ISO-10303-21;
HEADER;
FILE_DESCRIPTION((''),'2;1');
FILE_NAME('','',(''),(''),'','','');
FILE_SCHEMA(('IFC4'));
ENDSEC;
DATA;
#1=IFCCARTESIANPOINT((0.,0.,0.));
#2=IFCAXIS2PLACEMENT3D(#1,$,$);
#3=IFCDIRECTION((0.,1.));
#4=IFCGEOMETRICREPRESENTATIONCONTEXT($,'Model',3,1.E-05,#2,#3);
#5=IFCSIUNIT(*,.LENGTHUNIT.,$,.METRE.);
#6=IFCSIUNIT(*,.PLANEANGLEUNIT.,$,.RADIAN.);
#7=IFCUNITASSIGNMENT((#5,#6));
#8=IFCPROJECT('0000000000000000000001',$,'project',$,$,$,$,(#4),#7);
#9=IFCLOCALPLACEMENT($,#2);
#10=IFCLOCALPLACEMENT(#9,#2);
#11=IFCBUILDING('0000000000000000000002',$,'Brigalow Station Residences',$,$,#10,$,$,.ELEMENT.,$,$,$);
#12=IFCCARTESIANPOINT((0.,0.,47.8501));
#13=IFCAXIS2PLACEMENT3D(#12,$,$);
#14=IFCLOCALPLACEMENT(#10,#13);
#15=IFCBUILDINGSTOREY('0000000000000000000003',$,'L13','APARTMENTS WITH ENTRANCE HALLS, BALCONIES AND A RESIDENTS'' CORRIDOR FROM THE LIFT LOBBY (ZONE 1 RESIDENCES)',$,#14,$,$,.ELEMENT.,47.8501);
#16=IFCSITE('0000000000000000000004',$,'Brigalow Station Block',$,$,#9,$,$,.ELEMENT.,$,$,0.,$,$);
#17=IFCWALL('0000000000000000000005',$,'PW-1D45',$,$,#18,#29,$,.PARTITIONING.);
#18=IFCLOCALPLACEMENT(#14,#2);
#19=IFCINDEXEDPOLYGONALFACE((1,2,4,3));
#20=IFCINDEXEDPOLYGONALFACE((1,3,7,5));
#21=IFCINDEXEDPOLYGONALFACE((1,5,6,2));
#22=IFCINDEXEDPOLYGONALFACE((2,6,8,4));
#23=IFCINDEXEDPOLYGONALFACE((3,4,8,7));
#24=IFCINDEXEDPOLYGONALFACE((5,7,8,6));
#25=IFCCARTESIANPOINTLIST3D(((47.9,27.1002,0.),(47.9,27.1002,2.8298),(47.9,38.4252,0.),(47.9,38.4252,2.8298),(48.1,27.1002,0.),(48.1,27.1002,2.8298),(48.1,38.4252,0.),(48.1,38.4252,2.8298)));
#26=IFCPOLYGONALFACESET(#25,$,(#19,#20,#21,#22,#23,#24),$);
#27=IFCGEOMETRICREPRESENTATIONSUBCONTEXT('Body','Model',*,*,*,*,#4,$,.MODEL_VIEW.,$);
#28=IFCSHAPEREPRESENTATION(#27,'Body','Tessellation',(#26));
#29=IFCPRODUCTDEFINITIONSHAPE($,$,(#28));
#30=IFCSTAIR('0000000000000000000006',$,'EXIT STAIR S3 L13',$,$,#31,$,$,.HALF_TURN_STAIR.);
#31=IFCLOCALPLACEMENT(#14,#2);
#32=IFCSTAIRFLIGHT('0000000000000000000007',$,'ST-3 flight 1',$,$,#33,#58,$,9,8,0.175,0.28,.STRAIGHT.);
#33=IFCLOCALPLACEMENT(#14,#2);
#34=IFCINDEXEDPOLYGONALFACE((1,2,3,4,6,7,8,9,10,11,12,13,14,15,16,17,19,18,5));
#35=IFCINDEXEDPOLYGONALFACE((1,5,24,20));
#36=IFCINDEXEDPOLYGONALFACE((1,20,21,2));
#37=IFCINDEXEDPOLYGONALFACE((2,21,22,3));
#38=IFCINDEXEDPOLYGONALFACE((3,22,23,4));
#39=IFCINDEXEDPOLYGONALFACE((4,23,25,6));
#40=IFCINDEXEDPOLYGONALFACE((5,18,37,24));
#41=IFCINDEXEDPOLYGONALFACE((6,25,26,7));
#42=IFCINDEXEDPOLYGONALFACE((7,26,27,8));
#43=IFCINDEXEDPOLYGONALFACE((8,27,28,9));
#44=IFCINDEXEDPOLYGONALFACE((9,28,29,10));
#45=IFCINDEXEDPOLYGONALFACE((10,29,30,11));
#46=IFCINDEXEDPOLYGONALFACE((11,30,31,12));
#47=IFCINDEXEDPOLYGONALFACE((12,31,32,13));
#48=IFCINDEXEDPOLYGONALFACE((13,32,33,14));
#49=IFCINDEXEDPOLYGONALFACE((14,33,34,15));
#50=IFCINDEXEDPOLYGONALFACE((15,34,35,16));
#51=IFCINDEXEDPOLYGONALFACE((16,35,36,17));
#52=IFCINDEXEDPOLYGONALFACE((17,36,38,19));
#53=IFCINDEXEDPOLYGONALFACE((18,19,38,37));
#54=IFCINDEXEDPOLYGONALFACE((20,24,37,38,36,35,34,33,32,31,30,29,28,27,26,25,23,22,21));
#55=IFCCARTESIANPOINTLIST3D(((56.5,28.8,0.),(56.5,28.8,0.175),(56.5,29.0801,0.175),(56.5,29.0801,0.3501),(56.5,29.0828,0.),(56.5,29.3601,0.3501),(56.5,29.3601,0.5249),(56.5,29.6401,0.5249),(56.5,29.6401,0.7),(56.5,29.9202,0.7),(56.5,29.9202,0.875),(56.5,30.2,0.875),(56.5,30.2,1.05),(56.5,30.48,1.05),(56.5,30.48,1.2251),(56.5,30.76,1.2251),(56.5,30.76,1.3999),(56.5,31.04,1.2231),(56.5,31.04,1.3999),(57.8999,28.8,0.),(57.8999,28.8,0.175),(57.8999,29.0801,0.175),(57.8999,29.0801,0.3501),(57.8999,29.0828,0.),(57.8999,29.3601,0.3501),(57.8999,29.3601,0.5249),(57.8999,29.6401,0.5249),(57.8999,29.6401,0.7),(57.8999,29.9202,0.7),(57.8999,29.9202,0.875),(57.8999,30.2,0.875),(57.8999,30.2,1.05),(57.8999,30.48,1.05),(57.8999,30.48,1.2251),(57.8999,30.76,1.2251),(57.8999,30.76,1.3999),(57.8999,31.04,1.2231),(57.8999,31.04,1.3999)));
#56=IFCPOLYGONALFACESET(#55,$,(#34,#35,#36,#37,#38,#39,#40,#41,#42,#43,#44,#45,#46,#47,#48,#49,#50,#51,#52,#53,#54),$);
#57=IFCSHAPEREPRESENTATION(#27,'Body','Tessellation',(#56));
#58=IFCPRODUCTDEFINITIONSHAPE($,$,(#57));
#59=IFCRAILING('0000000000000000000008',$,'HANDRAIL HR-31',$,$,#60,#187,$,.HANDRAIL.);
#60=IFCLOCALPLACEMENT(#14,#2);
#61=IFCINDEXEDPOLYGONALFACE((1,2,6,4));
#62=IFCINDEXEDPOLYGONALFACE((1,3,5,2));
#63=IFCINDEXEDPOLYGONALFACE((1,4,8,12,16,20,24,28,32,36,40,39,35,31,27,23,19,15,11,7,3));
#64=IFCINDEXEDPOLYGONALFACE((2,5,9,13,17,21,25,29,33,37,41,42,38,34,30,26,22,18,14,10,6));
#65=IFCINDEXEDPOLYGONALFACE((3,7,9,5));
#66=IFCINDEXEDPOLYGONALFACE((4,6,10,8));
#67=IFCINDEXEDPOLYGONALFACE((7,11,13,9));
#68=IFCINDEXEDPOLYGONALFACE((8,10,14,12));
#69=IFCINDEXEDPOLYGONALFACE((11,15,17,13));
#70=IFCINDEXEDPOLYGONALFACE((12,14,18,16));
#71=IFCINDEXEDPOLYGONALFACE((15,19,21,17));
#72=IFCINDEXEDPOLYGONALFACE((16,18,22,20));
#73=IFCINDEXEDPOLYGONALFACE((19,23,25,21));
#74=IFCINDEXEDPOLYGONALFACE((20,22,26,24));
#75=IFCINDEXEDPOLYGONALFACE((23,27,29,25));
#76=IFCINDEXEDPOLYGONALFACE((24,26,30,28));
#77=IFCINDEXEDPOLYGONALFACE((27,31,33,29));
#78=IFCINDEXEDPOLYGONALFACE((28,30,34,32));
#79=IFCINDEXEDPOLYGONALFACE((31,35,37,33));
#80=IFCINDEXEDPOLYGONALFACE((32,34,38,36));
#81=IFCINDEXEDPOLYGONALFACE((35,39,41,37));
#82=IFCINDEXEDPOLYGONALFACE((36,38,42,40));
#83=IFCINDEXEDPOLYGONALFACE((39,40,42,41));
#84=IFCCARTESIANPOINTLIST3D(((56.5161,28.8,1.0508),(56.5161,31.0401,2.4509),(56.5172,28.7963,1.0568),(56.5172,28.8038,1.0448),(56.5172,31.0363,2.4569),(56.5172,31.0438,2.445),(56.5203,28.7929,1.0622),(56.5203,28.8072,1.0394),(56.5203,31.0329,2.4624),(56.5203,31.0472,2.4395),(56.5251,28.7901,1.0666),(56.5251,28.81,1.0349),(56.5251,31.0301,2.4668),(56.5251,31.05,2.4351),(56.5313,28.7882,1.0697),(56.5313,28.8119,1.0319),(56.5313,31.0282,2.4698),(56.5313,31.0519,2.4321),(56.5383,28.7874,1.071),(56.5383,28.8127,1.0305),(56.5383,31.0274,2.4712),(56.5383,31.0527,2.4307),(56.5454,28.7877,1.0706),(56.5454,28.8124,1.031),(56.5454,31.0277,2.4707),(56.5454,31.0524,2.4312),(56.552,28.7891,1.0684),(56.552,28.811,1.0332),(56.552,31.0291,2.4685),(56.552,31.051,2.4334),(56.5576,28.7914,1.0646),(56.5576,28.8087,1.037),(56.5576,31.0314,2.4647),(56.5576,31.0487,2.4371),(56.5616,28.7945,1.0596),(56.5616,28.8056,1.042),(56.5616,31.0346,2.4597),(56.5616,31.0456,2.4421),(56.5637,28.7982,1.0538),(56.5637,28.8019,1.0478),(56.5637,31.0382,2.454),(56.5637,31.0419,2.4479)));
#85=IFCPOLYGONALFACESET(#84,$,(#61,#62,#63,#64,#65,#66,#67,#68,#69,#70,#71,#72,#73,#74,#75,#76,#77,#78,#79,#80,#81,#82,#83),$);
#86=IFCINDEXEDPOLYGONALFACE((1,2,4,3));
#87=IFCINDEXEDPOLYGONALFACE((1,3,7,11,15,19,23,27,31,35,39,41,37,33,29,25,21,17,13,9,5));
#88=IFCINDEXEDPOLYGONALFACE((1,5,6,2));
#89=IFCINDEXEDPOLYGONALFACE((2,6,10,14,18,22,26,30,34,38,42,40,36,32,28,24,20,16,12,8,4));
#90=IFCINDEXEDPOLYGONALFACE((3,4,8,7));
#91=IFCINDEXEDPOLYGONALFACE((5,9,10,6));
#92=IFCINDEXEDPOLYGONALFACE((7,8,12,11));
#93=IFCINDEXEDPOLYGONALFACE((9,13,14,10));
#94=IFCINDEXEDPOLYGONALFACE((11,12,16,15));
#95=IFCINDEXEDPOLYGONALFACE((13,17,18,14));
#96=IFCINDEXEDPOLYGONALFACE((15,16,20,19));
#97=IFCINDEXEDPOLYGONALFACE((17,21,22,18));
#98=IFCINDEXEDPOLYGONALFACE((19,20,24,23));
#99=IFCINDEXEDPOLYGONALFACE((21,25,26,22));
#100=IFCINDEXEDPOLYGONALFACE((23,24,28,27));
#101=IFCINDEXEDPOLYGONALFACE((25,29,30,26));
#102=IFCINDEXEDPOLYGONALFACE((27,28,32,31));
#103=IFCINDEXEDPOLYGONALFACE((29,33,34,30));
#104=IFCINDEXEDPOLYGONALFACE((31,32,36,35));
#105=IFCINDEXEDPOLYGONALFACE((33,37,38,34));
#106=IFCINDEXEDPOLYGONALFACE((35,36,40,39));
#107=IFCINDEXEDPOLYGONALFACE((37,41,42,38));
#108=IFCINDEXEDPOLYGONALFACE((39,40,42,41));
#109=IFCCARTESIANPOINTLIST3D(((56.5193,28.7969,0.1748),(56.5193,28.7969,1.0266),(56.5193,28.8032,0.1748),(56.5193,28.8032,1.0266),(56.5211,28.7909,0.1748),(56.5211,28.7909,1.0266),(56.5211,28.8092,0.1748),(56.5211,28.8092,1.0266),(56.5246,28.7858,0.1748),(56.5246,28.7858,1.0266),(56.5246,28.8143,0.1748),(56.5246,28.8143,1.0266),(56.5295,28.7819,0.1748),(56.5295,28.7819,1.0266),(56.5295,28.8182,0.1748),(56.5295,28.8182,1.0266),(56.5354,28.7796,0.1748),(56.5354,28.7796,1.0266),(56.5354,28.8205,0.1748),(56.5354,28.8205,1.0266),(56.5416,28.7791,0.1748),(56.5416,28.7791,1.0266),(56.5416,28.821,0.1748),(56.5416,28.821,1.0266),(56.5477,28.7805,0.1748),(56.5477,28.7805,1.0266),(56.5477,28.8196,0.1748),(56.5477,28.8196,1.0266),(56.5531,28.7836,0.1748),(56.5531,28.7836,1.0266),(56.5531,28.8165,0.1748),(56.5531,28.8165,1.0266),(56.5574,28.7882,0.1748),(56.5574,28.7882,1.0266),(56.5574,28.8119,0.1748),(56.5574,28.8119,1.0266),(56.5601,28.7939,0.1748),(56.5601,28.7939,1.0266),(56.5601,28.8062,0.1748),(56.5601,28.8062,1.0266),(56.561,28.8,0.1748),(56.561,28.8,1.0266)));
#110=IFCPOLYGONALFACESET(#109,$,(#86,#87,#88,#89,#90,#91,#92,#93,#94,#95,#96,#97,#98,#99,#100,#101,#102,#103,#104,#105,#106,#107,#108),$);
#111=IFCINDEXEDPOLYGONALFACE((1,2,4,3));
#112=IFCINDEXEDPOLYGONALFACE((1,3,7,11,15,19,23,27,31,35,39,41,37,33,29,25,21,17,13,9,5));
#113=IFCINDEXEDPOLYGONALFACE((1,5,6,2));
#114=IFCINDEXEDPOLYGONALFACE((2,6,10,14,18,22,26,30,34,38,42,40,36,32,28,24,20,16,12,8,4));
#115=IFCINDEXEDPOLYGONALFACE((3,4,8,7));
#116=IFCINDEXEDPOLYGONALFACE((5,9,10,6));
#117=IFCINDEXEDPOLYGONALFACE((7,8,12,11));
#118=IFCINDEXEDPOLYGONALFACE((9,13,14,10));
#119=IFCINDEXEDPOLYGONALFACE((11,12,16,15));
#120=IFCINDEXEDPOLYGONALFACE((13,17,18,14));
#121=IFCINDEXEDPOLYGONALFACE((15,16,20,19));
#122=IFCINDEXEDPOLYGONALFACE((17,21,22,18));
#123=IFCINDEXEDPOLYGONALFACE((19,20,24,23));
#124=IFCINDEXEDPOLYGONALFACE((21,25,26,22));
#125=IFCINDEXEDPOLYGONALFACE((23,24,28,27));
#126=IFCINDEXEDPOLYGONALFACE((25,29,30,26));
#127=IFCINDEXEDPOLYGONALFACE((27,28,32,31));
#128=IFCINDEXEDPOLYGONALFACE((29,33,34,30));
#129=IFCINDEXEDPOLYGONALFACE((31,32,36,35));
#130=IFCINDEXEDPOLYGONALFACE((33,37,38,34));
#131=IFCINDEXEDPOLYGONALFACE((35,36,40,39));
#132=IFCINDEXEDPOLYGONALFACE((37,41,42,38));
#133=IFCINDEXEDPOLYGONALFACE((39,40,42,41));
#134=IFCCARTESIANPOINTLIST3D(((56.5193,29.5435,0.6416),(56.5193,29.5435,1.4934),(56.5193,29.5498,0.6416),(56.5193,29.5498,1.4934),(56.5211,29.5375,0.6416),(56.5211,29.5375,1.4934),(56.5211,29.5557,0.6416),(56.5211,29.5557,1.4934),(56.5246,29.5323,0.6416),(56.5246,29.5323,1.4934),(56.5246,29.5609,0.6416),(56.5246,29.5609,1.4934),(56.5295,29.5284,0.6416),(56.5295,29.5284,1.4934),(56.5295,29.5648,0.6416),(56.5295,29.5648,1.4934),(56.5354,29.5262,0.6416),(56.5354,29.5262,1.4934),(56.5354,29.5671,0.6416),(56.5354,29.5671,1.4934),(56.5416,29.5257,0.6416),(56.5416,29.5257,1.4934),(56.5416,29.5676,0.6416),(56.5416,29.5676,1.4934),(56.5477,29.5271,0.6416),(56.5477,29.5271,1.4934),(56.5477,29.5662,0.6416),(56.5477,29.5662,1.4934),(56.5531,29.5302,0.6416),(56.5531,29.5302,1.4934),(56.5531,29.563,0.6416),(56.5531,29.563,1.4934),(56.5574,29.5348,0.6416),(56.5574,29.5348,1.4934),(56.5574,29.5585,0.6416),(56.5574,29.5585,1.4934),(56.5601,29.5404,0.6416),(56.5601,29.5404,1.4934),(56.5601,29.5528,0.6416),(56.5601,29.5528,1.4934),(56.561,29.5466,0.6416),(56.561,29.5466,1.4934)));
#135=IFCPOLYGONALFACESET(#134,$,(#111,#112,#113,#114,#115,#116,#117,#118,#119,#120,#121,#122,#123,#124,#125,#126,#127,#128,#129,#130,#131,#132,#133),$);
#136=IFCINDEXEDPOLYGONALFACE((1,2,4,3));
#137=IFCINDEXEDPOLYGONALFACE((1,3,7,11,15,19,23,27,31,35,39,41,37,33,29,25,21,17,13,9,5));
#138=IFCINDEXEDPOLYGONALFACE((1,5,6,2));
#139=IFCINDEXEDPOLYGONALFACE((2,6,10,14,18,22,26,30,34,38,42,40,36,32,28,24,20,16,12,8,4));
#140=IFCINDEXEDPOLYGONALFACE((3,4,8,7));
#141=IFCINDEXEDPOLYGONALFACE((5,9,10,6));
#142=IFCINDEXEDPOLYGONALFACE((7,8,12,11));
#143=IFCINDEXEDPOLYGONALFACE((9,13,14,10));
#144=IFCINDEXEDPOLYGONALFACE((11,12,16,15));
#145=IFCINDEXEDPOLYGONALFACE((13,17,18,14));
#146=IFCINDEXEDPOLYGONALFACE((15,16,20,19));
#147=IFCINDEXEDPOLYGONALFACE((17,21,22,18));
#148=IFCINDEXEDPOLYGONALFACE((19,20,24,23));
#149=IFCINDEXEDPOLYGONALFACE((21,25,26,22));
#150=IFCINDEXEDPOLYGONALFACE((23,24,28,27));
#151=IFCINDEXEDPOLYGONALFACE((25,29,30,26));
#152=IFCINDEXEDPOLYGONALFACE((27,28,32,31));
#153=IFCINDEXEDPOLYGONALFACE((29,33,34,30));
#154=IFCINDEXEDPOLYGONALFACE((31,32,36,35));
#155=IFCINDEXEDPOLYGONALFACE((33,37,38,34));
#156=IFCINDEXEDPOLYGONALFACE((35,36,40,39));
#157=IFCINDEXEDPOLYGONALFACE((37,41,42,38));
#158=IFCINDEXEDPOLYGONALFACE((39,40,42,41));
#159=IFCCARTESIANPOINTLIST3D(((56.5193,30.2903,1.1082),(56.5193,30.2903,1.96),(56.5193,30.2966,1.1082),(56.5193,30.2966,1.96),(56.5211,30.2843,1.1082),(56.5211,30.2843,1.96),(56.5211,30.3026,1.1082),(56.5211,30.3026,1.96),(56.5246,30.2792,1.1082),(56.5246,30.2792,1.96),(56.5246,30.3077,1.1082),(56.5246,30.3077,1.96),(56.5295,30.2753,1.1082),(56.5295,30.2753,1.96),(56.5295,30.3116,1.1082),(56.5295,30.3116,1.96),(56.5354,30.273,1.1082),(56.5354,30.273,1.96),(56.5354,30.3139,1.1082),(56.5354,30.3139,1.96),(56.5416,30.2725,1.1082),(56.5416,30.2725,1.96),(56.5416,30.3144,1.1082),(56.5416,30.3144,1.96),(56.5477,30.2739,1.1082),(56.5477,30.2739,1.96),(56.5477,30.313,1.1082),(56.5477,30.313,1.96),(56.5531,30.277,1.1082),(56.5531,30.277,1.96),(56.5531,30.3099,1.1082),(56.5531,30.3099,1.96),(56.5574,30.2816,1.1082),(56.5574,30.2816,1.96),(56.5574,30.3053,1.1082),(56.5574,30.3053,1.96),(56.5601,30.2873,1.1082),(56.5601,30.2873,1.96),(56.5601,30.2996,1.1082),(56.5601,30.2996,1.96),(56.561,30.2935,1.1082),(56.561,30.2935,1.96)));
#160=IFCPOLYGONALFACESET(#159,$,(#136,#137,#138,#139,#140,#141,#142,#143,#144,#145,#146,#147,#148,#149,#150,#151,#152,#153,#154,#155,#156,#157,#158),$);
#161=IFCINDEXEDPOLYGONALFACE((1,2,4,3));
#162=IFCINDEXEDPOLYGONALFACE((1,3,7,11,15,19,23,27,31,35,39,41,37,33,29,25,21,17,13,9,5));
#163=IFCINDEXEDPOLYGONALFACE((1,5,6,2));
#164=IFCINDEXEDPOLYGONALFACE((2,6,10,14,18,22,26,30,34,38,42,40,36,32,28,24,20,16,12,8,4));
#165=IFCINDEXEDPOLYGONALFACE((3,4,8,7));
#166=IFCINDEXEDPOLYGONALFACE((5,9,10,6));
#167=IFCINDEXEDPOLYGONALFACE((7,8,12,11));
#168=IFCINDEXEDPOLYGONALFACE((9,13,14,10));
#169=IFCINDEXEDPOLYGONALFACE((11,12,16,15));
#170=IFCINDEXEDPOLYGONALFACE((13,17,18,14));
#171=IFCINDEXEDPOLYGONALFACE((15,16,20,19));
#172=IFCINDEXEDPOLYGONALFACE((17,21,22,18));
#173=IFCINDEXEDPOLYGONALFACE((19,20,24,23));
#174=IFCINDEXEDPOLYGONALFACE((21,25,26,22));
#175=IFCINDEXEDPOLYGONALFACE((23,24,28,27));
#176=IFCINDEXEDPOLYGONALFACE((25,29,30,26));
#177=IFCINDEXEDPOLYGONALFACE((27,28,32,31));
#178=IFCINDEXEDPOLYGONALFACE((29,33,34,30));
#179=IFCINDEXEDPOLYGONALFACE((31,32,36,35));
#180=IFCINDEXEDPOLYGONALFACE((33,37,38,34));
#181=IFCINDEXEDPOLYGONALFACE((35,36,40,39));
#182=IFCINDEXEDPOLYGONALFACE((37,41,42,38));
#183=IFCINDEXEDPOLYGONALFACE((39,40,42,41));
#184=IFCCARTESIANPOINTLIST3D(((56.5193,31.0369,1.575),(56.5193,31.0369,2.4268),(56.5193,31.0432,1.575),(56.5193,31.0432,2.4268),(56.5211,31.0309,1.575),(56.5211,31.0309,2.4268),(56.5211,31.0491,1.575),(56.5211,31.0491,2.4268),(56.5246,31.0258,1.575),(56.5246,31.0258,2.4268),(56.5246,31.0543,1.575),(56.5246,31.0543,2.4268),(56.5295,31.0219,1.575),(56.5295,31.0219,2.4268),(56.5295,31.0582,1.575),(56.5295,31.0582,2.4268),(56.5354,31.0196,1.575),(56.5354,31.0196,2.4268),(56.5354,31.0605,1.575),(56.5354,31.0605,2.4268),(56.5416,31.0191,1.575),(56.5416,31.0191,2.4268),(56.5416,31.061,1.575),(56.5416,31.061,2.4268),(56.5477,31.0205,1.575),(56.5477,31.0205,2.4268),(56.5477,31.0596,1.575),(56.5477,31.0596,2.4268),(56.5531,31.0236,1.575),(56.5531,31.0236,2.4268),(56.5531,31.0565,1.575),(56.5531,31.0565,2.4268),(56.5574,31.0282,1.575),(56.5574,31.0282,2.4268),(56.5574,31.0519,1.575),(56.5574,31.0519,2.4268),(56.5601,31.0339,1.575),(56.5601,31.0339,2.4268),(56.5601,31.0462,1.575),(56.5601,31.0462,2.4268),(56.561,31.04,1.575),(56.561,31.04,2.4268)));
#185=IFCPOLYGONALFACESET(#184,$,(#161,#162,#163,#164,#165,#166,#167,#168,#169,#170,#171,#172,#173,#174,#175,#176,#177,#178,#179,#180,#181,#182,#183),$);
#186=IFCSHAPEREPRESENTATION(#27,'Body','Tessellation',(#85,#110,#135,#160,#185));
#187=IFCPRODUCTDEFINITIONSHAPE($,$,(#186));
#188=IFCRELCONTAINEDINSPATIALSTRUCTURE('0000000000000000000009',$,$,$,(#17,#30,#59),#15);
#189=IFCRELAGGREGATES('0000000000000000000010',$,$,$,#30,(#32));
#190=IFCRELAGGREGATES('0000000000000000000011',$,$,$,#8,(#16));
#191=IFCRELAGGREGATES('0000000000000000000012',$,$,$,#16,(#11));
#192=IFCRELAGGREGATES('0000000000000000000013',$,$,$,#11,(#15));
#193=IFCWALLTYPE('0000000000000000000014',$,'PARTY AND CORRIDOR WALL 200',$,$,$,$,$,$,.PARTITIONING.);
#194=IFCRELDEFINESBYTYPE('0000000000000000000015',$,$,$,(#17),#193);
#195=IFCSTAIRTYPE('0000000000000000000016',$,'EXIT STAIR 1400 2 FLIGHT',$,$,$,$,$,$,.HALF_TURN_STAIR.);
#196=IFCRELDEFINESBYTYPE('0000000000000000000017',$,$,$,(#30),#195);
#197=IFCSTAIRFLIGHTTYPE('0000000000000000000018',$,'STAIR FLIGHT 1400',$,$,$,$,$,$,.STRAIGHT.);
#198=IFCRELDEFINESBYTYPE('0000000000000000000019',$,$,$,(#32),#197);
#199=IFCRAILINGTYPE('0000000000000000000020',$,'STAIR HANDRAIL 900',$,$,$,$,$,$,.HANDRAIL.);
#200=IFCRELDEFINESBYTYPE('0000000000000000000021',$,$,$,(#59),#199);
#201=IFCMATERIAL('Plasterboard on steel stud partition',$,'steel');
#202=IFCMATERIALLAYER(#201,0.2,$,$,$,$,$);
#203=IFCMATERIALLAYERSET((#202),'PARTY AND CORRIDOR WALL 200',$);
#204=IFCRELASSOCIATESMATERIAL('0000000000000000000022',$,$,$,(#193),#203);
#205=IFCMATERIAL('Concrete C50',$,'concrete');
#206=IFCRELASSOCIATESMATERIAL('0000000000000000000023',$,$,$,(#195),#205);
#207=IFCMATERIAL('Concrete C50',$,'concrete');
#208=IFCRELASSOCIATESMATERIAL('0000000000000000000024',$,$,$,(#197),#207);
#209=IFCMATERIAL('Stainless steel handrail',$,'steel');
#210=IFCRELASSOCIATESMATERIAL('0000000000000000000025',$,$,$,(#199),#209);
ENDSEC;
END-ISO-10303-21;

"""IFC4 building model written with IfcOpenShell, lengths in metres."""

from ifc_helpers import new_model, si_unit, direction, frame, frame_2d, origin, origin_2d, place, context, subcontext, project, spatial, polyline, rectangle, circle, outline, extrude, material, layer, layer_set, type_object, element, aggregate, save


model = new_model("IFC4")

# Units and contexts
model_context = context("Model", 3, precision=1e-05, world=origin(), true_north=direction((0.0, 1.0)))
body_context = subcontext(model_context, "Body", "Model", "MODEL_VIEW")
ifc_project = project(units=[si_unit("LENGTHUNIT", "METRE"), si_unit("PLANEANGLEUNIT", "RADIAN")], contexts=[model_context])

# Site, building, storey
site_placement = place(None, origin())
site = spatial("IfcSite", under=ifc_project, at=site_placement, Name="Brigalow Station Block", CompositionType="ELEMENT", RefElevation=0.0)
building_placement = place(site_placement, origin())
building = spatial("IfcBuilding", under=site, at=building_placement, Name="Brigalow Station Residences", CompositionType="ELEMENT")
storey_placement = place(building_placement, frame((0.0, 0.0, 47.8501)))
storey = spatial("IfcBuildingStorey", under=building, at=storey_placement, Name="L13", Description="APARTMENTS WITH ENTRANCE HALLS, BALCONIES AND A RESIDENTS' CORRIDOR FROM THE LIFT LOBBY (ZONE 1 RESIDENCES)", CompositionType="ELEMENT", Elevation=47.8501)

# Wall
ifc_material_1 = material(Name="Plasterboard on steel stud partition", Category="steel")
ifc_layer_1 = layer(ifc_material_1, 0.2)
ifc_layer_set_1 = layer_set([ifc_layer_1], Name="PARTY AND CORRIDOR WALL 200")
wall_type_1 = type_object("IfcWallType", Name="PARTY AND CORRIDOR WALL 200", PredefinedType="PARTITIONING", material=ifc_layer_set_1)
wall_1_placement = place(storey_placement, frame((48.0, 27.1001, 0.0), z_axis=(0.0, 0.0, 1.0), x_axis=(0.0, 1.0, 0.0)))
element("IfcWall", 1, at=wall_1_placement, inside=storey, type_object=wall_type_1, Name="PW-1D45", PredefinedType="PARTITIONING", context=body_context, shape_type="SweptSolid", body=[
    extrude(rectangle(XDim=11.325, YDim=0.2, at=frame_2d((5.6626, 0.0))), origin(), (0.0, 0.0, 1.0), 2.8298),
])

# Stair, stair flight
ifc_material_2 = material(Name="Concrete C50", Category="concrete")
stair_type = type_object("IfcStairType", Name="EXIT STAIR 1400 2 FLIGHT", PredefinedType="HALF_TURN_STAIR", material=ifc_material_2)
stair_placement = place(storey_placement, origin())
stair = element("IfcStair", 2, at=stair_placement, inside=storey, type_object=stair_type, Name="EXIT STAIR S3 L13", PredefinedType="HALF_TURN_STAIR")
ifc_material_3 = material(Name="Concrete C50", Category="concrete")
stair_flight_type = type_object("IfcStairFlightType", Name="STAIR FLIGHT 1400", PredefinedType="STRAIGHT", material=ifc_material_3)
stair_flight_placement = place(storey_placement, frame((57.2, 28.8, 0.0), z_axis=(0.0, 0.0, 1.0), x_axis=(0.0, 1.0, 0.0)))
stair_flight = element("IfcStairFlight", 3, at=stair_flight_placement, type_object=stair_flight_type, Name="ST-3 flight 1", NumberOfRisers=9, NumberOfTreads=8, PredefinedType="STRAIGHT", RiserHeight=0.175, TreadLength=0.28, context=body_context, shape_type="SweptSolid", body=[
    extrude(outline(polyline([(0.0, 0.0), (0.0, 0.175), (0.28, 0.175), (0.28, 0.3501), (0.5601, 0.3501), (0.5601, 0.5249), (0.8401, 0.5249), (0.8401, 0.7), (1.1201, 0.7), (1.1201, 0.875), (1.3999, 0.875), (1.3999, 1.05), (1.6799, 1.05), (1.6799, 1.2251), (1.96, 1.2251), (1.96, 1.3999), (2.24, 1.3999), (2.24, 1.575), (2.24, 1.2231), (0.2827, 0.0), (0.0, 0.0)])), frame((0.0, 0.7, 0.0), z_axis=(0.0, -1.0, 0.0), x_axis=(1.0, 0.0, 0.0)), (0.0, 0.0, 1.0), 1.3999),
])
aggregate(stair, [stair_flight])

# Railing
ifc_material_4 = material(Name="Stainless steel handrail", Category="steel")
railing_type = type_object("IfcRailingType", Name="STAIR HANDRAIL 900", PredefinedType="HANDRAIL", material=ifc_material_4)
railing_placement = place(storey_placement, frame((56.54, 28.8, 0.1748)))
element("IfcRailing", 4, at=railing_placement, inside=storey, type_object=railing_type, Name="HANDRAIL HR-31", PredefinedType="HANDRAIL", context=body_context, shape_type="SweptSolid", body=[
    extrude(circle(Radius=0.0239, at=origin_2d()), frame((0.0, 0.0, 0.876), z_axis=(0.0, 0.847972, 0.53004), x_axis=(-1.0, 0.0, 0.0)), (0.0, 0.0, 1.0), 2.6416),
    extrude(circle(Radius=0.021, at=origin_2d()), origin(), (0.0, 0.0, 1.0), 0.8518),
    extrude(circle(Radius=0.021, at=origin_2d()), frame((0.0, 0.7466, 0.4668)), (0.0, 0.0, 1.0), 0.8518),
    extrude(circle(Radius=0.021, at=origin_2d()), frame((0.0, 1.4934, 0.9333)), (0.0, 0.0, 1.0), 0.8518),
    extrude(circle(Radius=0.021, at=origin_2d()), frame((0.0, 2.24, 1.4001)), (0.0, 0.0, 1.0), 0.8518),
])

save(model, "model.ifc")
